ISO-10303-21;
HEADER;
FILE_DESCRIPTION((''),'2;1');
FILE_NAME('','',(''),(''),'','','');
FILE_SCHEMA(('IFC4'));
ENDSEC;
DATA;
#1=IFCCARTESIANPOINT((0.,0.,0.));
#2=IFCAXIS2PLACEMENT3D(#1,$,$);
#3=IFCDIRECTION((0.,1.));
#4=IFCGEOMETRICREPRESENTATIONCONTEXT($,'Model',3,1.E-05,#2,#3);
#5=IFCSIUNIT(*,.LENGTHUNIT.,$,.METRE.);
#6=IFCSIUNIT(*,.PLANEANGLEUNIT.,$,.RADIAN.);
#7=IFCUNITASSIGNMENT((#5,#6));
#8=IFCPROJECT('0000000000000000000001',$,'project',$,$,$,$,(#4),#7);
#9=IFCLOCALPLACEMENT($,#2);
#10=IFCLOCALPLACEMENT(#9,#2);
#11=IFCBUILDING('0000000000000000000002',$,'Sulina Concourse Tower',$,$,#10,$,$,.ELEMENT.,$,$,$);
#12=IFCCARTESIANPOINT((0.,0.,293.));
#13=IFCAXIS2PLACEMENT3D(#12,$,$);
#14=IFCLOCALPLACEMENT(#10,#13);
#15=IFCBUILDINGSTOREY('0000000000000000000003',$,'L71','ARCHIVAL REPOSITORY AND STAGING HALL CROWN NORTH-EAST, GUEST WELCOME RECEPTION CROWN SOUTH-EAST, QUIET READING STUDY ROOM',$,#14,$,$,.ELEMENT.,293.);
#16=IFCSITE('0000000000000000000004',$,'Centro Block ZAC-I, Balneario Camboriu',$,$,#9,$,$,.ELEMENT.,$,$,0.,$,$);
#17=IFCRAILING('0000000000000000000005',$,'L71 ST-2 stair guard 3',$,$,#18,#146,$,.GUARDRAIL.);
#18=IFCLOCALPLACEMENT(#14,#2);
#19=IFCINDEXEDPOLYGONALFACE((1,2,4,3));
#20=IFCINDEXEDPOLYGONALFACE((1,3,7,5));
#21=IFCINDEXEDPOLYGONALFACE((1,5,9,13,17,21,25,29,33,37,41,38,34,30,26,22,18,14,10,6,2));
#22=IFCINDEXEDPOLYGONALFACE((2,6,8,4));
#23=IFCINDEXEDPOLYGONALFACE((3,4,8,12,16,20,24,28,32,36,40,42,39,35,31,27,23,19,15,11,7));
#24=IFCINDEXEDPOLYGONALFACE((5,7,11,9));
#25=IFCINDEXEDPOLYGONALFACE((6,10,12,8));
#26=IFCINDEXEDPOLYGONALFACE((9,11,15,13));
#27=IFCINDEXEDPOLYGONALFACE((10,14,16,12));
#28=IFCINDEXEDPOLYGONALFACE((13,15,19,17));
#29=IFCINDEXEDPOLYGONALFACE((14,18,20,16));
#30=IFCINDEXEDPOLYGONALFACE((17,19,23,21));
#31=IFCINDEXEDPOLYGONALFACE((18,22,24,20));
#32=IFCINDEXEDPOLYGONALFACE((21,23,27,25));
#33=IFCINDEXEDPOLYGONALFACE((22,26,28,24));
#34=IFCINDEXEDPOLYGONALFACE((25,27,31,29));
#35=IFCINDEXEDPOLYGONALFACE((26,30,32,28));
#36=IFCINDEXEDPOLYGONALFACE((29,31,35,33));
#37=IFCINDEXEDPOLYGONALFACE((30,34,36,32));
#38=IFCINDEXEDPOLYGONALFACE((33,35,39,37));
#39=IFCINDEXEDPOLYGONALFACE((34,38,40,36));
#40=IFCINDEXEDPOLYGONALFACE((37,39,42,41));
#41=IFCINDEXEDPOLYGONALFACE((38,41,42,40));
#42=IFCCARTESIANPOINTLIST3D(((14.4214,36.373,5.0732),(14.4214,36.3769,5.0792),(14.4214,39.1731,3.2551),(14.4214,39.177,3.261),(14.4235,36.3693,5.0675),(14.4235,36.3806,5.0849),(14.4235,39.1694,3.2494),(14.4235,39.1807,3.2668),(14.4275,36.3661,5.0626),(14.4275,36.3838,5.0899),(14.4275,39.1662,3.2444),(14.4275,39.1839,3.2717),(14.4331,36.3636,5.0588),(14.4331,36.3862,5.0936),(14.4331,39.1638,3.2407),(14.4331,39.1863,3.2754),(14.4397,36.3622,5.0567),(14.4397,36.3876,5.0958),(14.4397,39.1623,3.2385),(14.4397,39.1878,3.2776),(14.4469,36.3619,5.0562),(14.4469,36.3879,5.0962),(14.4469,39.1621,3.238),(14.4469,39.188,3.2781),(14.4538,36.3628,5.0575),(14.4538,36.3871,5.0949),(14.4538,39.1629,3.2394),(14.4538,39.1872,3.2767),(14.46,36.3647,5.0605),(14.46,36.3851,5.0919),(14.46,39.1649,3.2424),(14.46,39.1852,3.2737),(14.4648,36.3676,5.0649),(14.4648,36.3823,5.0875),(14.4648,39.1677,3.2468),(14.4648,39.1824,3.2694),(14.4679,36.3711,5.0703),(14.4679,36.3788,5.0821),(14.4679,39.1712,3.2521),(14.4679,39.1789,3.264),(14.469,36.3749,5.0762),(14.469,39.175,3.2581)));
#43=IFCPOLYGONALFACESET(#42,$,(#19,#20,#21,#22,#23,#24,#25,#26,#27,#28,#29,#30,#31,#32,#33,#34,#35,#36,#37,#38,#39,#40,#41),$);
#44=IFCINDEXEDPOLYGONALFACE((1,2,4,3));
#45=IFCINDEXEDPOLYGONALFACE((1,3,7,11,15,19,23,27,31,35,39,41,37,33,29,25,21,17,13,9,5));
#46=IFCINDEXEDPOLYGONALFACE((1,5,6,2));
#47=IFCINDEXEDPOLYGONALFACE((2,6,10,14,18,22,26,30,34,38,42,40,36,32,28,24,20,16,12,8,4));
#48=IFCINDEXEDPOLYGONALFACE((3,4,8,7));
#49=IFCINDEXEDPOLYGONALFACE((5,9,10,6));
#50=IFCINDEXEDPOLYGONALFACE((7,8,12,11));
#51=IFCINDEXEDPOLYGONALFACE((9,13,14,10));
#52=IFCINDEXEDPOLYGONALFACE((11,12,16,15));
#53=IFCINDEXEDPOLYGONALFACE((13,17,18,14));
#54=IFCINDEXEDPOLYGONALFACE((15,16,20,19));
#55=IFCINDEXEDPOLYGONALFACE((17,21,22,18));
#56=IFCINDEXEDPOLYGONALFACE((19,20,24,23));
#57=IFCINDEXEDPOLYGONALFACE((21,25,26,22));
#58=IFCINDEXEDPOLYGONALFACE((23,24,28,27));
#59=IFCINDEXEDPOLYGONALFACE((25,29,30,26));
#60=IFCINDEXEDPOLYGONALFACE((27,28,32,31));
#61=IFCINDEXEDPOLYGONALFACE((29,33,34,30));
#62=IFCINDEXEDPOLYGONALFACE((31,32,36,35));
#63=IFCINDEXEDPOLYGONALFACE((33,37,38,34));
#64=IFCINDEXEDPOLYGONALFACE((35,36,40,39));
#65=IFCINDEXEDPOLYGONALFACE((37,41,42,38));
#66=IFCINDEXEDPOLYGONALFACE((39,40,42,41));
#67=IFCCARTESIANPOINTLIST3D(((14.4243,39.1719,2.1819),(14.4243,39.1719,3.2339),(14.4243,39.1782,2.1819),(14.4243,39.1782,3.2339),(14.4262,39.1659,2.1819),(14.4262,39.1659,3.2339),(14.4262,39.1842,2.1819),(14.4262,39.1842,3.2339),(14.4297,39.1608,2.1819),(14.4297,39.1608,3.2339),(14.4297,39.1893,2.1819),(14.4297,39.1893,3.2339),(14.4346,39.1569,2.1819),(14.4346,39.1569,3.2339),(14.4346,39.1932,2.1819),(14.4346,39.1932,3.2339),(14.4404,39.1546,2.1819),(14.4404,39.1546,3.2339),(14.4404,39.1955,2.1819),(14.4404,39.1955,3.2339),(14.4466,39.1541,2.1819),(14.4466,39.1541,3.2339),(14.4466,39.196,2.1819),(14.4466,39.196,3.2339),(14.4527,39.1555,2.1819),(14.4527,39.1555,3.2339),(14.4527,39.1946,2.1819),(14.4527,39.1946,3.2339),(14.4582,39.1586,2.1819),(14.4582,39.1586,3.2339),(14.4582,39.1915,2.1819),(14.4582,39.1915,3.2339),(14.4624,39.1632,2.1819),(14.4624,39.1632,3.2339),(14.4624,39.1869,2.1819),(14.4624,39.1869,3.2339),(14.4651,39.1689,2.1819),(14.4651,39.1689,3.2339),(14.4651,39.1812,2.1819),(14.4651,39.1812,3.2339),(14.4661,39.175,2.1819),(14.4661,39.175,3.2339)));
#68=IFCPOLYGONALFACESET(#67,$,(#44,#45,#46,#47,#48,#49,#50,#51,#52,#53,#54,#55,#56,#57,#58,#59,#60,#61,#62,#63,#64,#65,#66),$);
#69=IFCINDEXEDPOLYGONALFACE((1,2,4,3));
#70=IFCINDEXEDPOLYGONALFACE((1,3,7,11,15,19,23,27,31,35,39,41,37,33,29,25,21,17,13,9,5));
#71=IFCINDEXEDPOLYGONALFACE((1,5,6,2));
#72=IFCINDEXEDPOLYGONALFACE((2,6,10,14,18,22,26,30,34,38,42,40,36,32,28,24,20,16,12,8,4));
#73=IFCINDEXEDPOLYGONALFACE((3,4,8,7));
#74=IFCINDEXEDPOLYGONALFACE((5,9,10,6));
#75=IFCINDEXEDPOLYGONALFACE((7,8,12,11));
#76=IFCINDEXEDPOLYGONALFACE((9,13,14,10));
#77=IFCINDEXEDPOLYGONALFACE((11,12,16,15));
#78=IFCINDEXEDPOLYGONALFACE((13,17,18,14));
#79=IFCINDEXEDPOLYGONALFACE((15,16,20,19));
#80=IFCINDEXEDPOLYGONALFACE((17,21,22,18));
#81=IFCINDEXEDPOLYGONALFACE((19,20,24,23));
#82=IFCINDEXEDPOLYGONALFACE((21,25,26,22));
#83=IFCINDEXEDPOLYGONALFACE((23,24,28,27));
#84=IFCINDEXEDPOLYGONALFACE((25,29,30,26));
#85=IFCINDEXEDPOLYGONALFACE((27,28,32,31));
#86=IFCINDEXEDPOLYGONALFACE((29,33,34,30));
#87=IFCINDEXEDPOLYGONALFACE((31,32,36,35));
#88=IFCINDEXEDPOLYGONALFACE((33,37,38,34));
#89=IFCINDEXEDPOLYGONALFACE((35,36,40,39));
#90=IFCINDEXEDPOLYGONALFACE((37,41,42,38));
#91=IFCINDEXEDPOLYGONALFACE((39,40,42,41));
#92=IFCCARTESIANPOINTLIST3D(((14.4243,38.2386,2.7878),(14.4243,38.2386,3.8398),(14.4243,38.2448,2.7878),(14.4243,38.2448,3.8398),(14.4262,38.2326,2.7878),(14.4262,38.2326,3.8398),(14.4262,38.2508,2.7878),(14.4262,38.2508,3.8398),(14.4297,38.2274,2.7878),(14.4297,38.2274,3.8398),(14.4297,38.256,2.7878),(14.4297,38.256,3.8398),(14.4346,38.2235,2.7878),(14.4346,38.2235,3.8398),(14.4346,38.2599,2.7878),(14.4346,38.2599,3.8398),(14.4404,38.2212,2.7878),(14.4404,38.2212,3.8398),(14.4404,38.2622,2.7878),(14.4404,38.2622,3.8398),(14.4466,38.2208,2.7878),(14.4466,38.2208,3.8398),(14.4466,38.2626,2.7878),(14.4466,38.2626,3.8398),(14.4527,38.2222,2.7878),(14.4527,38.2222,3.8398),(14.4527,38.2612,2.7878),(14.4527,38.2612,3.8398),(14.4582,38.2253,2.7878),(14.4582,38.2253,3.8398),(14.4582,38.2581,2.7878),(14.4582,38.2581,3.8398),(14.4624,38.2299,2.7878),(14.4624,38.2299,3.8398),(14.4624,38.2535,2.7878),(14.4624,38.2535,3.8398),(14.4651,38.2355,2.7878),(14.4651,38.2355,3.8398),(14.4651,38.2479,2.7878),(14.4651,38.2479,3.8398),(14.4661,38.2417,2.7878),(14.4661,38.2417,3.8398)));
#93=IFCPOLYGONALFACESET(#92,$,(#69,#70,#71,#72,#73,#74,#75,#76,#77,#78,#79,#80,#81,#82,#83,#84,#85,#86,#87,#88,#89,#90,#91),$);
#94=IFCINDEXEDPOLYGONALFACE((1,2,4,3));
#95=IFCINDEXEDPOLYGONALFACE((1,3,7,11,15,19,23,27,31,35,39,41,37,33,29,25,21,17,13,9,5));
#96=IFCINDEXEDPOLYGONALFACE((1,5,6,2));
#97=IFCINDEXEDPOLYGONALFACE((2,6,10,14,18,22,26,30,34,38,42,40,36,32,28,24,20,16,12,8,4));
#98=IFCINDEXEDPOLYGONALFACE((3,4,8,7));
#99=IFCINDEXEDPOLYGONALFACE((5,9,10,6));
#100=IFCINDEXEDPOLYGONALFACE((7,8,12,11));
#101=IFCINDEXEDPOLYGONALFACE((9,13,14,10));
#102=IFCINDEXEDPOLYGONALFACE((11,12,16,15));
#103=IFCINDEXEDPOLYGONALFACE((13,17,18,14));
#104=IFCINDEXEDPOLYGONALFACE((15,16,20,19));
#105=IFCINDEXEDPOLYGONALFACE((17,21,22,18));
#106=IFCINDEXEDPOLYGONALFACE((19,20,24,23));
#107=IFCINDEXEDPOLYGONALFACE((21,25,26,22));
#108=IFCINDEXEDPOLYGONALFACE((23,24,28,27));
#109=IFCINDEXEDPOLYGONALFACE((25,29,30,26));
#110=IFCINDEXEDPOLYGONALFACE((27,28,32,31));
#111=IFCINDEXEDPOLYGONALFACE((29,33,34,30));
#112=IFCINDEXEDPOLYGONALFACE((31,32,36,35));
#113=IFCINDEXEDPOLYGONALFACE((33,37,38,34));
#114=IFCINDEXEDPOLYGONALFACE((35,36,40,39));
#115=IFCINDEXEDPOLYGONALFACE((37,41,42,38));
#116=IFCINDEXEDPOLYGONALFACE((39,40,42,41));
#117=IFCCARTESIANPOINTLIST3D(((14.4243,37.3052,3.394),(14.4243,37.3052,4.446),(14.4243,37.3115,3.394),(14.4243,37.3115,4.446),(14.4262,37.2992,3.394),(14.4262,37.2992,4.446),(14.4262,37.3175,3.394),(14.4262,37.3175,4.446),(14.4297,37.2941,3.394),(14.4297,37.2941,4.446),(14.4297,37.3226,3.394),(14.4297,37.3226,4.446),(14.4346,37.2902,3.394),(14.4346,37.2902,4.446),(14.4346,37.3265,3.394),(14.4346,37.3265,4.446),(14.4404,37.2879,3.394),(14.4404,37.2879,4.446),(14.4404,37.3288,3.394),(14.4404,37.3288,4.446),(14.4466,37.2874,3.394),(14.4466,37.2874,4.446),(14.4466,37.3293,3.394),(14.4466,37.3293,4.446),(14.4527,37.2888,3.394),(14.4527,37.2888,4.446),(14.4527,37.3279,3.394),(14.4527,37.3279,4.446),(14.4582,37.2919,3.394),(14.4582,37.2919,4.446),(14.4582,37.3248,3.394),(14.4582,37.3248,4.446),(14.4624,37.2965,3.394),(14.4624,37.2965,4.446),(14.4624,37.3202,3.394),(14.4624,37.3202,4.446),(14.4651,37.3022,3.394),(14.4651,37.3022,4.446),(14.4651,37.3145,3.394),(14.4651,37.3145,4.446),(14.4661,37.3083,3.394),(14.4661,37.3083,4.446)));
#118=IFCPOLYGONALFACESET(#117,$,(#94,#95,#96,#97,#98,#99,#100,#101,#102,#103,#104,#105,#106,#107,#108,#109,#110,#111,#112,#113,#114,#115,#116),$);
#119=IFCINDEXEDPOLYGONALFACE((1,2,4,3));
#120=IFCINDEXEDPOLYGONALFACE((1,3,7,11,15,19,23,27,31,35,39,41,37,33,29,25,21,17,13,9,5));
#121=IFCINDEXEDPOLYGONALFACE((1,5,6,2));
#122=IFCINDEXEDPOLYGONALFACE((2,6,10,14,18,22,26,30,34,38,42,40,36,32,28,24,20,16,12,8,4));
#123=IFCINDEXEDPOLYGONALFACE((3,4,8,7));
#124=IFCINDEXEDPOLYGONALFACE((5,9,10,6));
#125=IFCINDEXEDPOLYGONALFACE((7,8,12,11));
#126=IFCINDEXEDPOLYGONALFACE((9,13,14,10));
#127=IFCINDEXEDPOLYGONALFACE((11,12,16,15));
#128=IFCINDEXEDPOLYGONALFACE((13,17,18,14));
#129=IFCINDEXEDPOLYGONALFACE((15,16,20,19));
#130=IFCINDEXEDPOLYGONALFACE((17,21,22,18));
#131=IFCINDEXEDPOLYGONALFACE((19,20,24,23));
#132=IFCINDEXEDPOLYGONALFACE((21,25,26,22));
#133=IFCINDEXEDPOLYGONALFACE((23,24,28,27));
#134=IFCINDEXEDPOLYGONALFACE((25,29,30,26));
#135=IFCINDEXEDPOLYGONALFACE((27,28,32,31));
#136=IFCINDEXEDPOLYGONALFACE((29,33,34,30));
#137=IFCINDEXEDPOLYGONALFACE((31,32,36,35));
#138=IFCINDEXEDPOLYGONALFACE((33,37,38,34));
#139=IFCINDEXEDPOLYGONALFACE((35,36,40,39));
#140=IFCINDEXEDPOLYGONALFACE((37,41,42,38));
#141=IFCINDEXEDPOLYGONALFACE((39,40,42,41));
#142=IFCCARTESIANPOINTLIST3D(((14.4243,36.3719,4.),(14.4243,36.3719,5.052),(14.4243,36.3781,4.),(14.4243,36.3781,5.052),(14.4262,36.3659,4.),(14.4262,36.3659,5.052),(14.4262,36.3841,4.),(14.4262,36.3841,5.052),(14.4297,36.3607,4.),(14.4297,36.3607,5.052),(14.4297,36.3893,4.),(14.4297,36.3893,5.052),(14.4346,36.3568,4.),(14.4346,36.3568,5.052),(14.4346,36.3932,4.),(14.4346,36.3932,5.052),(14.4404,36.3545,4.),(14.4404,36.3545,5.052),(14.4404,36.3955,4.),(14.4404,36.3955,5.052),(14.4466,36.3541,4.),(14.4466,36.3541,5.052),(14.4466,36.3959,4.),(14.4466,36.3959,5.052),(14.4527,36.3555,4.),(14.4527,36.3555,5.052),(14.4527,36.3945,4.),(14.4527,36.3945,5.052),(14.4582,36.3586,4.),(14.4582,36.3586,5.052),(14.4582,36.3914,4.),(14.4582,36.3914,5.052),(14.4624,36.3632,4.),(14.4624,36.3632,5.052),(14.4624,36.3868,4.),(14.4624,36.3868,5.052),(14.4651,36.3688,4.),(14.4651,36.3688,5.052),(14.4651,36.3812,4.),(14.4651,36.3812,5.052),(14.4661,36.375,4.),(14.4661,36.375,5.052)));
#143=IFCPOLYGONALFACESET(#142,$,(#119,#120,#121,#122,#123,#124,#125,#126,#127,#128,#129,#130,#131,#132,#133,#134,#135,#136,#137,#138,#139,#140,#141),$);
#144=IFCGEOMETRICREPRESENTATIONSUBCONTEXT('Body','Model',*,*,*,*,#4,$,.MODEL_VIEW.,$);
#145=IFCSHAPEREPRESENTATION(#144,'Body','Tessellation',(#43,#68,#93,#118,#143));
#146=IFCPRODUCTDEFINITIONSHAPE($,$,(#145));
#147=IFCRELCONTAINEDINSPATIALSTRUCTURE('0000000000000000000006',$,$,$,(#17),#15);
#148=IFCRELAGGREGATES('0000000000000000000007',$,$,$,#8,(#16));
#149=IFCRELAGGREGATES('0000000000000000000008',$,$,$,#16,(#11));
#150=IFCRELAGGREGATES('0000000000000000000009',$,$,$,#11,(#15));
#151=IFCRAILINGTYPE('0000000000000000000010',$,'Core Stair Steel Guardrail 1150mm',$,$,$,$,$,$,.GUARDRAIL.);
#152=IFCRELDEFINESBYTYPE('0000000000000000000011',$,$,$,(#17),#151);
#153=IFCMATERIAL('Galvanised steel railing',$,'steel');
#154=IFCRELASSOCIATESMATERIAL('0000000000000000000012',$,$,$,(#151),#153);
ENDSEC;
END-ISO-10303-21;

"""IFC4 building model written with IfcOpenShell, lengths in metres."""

from ifc_helpers import new_model, si_unit, direction, frame, origin, origin_2d, place, context, subcontext, project, spatial, circle, extrude, material, type_object, element, save


model = new_model("IFC4")

# Units and contexts
model_context = context("Model", 3, precision=1e-05, world=origin(), true_north=direction((0.0, 1.0)))
body_context = subcontext(model_context, "Body", "Model", "MODEL_VIEW")
ifc_project = project(units=[si_unit("LENGTHUNIT", "METRE"), si_unit("PLANEANGLEUNIT", "RADIAN")], contexts=[model_context])

# Site, building, storey
site_placement = place(None, origin())
site = spatial("IfcSite", under=ifc_project, at=site_placement, Name="Centro Block ZAC-I, Balneario Camboriu", CompositionType="ELEMENT", RefElevation=0.0)
building_placement = place(site_placement, origin())
building = spatial("IfcBuilding", under=site, at=building_placement, Name="Sulina Concourse Tower", CompositionType="ELEMENT")
storey_placement = place(building_placement, frame((0.0, 0.0, 293.0)))
storey = spatial("IfcBuildingStorey", under=building, at=storey_placement, Name="L71", Description="ARCHIVAL REPOSITORY AND STAGING HALL CROWN NORTH-EAST, GUEST WELCOME RECEPTION CROWN SOUTH-EAST, QUIET READING STUDY ROOM", CompositionType="ELEMENT", Elevation=293.0)

# Railing
ifc_material_1 = material(Name="Galvanised steel railing", Category="steel")
railing_type_1 = type_object("IfcRailingType", Name="Core Stair Steel Guardrail 1150mm", PredefinedType="GUARDRAIL", material=ifc_material_1)
railing_1_placement = place(storey_placement, frame((14.4451, 39.175, 2.1819)))
element("IfcRailing", 1, at=railing_1_placement, inside=storey, type_object=railing_type_1, Name="L71 ST-2 stair guard 3", PredefinedType="GUARDRAIL", context=body_context, shape_type="SweptSolid", body=[
    extrude(circle(Radius=0.0239, at=origin_2d()), frame((0.0, 0.0, 1.0762), z_axis=(0.0, -0.838706, 0.544585), x_axis=(1.0, 0.0, 0.0)), (0.0, 0.0, 1.0), 3.3386),
    extrude(circle(Radius=0.021, at=origin_2d()), origin(), (0.0, 0.0, 1.0), 1.052),
    extrude(circle(Radius=0.021, at=origin_2d()), frame((0.0, -0.9333, 0.606)), (0.0, 0.0, 1.0), 1.052),
    extrude(circle(Radius=0.021, at=origin_2d()), frame((0.0, -1.8667, 1.2122)), (0.0, 0.0, 1.0), 1.052),
    extrude(circle(Radius=0.021, at=origin_2d()), frame((0.0, -2.8, 1.8181)), (0.0, 0.0, 1.0), 1.052),
])

save(model, "model.ifc")
